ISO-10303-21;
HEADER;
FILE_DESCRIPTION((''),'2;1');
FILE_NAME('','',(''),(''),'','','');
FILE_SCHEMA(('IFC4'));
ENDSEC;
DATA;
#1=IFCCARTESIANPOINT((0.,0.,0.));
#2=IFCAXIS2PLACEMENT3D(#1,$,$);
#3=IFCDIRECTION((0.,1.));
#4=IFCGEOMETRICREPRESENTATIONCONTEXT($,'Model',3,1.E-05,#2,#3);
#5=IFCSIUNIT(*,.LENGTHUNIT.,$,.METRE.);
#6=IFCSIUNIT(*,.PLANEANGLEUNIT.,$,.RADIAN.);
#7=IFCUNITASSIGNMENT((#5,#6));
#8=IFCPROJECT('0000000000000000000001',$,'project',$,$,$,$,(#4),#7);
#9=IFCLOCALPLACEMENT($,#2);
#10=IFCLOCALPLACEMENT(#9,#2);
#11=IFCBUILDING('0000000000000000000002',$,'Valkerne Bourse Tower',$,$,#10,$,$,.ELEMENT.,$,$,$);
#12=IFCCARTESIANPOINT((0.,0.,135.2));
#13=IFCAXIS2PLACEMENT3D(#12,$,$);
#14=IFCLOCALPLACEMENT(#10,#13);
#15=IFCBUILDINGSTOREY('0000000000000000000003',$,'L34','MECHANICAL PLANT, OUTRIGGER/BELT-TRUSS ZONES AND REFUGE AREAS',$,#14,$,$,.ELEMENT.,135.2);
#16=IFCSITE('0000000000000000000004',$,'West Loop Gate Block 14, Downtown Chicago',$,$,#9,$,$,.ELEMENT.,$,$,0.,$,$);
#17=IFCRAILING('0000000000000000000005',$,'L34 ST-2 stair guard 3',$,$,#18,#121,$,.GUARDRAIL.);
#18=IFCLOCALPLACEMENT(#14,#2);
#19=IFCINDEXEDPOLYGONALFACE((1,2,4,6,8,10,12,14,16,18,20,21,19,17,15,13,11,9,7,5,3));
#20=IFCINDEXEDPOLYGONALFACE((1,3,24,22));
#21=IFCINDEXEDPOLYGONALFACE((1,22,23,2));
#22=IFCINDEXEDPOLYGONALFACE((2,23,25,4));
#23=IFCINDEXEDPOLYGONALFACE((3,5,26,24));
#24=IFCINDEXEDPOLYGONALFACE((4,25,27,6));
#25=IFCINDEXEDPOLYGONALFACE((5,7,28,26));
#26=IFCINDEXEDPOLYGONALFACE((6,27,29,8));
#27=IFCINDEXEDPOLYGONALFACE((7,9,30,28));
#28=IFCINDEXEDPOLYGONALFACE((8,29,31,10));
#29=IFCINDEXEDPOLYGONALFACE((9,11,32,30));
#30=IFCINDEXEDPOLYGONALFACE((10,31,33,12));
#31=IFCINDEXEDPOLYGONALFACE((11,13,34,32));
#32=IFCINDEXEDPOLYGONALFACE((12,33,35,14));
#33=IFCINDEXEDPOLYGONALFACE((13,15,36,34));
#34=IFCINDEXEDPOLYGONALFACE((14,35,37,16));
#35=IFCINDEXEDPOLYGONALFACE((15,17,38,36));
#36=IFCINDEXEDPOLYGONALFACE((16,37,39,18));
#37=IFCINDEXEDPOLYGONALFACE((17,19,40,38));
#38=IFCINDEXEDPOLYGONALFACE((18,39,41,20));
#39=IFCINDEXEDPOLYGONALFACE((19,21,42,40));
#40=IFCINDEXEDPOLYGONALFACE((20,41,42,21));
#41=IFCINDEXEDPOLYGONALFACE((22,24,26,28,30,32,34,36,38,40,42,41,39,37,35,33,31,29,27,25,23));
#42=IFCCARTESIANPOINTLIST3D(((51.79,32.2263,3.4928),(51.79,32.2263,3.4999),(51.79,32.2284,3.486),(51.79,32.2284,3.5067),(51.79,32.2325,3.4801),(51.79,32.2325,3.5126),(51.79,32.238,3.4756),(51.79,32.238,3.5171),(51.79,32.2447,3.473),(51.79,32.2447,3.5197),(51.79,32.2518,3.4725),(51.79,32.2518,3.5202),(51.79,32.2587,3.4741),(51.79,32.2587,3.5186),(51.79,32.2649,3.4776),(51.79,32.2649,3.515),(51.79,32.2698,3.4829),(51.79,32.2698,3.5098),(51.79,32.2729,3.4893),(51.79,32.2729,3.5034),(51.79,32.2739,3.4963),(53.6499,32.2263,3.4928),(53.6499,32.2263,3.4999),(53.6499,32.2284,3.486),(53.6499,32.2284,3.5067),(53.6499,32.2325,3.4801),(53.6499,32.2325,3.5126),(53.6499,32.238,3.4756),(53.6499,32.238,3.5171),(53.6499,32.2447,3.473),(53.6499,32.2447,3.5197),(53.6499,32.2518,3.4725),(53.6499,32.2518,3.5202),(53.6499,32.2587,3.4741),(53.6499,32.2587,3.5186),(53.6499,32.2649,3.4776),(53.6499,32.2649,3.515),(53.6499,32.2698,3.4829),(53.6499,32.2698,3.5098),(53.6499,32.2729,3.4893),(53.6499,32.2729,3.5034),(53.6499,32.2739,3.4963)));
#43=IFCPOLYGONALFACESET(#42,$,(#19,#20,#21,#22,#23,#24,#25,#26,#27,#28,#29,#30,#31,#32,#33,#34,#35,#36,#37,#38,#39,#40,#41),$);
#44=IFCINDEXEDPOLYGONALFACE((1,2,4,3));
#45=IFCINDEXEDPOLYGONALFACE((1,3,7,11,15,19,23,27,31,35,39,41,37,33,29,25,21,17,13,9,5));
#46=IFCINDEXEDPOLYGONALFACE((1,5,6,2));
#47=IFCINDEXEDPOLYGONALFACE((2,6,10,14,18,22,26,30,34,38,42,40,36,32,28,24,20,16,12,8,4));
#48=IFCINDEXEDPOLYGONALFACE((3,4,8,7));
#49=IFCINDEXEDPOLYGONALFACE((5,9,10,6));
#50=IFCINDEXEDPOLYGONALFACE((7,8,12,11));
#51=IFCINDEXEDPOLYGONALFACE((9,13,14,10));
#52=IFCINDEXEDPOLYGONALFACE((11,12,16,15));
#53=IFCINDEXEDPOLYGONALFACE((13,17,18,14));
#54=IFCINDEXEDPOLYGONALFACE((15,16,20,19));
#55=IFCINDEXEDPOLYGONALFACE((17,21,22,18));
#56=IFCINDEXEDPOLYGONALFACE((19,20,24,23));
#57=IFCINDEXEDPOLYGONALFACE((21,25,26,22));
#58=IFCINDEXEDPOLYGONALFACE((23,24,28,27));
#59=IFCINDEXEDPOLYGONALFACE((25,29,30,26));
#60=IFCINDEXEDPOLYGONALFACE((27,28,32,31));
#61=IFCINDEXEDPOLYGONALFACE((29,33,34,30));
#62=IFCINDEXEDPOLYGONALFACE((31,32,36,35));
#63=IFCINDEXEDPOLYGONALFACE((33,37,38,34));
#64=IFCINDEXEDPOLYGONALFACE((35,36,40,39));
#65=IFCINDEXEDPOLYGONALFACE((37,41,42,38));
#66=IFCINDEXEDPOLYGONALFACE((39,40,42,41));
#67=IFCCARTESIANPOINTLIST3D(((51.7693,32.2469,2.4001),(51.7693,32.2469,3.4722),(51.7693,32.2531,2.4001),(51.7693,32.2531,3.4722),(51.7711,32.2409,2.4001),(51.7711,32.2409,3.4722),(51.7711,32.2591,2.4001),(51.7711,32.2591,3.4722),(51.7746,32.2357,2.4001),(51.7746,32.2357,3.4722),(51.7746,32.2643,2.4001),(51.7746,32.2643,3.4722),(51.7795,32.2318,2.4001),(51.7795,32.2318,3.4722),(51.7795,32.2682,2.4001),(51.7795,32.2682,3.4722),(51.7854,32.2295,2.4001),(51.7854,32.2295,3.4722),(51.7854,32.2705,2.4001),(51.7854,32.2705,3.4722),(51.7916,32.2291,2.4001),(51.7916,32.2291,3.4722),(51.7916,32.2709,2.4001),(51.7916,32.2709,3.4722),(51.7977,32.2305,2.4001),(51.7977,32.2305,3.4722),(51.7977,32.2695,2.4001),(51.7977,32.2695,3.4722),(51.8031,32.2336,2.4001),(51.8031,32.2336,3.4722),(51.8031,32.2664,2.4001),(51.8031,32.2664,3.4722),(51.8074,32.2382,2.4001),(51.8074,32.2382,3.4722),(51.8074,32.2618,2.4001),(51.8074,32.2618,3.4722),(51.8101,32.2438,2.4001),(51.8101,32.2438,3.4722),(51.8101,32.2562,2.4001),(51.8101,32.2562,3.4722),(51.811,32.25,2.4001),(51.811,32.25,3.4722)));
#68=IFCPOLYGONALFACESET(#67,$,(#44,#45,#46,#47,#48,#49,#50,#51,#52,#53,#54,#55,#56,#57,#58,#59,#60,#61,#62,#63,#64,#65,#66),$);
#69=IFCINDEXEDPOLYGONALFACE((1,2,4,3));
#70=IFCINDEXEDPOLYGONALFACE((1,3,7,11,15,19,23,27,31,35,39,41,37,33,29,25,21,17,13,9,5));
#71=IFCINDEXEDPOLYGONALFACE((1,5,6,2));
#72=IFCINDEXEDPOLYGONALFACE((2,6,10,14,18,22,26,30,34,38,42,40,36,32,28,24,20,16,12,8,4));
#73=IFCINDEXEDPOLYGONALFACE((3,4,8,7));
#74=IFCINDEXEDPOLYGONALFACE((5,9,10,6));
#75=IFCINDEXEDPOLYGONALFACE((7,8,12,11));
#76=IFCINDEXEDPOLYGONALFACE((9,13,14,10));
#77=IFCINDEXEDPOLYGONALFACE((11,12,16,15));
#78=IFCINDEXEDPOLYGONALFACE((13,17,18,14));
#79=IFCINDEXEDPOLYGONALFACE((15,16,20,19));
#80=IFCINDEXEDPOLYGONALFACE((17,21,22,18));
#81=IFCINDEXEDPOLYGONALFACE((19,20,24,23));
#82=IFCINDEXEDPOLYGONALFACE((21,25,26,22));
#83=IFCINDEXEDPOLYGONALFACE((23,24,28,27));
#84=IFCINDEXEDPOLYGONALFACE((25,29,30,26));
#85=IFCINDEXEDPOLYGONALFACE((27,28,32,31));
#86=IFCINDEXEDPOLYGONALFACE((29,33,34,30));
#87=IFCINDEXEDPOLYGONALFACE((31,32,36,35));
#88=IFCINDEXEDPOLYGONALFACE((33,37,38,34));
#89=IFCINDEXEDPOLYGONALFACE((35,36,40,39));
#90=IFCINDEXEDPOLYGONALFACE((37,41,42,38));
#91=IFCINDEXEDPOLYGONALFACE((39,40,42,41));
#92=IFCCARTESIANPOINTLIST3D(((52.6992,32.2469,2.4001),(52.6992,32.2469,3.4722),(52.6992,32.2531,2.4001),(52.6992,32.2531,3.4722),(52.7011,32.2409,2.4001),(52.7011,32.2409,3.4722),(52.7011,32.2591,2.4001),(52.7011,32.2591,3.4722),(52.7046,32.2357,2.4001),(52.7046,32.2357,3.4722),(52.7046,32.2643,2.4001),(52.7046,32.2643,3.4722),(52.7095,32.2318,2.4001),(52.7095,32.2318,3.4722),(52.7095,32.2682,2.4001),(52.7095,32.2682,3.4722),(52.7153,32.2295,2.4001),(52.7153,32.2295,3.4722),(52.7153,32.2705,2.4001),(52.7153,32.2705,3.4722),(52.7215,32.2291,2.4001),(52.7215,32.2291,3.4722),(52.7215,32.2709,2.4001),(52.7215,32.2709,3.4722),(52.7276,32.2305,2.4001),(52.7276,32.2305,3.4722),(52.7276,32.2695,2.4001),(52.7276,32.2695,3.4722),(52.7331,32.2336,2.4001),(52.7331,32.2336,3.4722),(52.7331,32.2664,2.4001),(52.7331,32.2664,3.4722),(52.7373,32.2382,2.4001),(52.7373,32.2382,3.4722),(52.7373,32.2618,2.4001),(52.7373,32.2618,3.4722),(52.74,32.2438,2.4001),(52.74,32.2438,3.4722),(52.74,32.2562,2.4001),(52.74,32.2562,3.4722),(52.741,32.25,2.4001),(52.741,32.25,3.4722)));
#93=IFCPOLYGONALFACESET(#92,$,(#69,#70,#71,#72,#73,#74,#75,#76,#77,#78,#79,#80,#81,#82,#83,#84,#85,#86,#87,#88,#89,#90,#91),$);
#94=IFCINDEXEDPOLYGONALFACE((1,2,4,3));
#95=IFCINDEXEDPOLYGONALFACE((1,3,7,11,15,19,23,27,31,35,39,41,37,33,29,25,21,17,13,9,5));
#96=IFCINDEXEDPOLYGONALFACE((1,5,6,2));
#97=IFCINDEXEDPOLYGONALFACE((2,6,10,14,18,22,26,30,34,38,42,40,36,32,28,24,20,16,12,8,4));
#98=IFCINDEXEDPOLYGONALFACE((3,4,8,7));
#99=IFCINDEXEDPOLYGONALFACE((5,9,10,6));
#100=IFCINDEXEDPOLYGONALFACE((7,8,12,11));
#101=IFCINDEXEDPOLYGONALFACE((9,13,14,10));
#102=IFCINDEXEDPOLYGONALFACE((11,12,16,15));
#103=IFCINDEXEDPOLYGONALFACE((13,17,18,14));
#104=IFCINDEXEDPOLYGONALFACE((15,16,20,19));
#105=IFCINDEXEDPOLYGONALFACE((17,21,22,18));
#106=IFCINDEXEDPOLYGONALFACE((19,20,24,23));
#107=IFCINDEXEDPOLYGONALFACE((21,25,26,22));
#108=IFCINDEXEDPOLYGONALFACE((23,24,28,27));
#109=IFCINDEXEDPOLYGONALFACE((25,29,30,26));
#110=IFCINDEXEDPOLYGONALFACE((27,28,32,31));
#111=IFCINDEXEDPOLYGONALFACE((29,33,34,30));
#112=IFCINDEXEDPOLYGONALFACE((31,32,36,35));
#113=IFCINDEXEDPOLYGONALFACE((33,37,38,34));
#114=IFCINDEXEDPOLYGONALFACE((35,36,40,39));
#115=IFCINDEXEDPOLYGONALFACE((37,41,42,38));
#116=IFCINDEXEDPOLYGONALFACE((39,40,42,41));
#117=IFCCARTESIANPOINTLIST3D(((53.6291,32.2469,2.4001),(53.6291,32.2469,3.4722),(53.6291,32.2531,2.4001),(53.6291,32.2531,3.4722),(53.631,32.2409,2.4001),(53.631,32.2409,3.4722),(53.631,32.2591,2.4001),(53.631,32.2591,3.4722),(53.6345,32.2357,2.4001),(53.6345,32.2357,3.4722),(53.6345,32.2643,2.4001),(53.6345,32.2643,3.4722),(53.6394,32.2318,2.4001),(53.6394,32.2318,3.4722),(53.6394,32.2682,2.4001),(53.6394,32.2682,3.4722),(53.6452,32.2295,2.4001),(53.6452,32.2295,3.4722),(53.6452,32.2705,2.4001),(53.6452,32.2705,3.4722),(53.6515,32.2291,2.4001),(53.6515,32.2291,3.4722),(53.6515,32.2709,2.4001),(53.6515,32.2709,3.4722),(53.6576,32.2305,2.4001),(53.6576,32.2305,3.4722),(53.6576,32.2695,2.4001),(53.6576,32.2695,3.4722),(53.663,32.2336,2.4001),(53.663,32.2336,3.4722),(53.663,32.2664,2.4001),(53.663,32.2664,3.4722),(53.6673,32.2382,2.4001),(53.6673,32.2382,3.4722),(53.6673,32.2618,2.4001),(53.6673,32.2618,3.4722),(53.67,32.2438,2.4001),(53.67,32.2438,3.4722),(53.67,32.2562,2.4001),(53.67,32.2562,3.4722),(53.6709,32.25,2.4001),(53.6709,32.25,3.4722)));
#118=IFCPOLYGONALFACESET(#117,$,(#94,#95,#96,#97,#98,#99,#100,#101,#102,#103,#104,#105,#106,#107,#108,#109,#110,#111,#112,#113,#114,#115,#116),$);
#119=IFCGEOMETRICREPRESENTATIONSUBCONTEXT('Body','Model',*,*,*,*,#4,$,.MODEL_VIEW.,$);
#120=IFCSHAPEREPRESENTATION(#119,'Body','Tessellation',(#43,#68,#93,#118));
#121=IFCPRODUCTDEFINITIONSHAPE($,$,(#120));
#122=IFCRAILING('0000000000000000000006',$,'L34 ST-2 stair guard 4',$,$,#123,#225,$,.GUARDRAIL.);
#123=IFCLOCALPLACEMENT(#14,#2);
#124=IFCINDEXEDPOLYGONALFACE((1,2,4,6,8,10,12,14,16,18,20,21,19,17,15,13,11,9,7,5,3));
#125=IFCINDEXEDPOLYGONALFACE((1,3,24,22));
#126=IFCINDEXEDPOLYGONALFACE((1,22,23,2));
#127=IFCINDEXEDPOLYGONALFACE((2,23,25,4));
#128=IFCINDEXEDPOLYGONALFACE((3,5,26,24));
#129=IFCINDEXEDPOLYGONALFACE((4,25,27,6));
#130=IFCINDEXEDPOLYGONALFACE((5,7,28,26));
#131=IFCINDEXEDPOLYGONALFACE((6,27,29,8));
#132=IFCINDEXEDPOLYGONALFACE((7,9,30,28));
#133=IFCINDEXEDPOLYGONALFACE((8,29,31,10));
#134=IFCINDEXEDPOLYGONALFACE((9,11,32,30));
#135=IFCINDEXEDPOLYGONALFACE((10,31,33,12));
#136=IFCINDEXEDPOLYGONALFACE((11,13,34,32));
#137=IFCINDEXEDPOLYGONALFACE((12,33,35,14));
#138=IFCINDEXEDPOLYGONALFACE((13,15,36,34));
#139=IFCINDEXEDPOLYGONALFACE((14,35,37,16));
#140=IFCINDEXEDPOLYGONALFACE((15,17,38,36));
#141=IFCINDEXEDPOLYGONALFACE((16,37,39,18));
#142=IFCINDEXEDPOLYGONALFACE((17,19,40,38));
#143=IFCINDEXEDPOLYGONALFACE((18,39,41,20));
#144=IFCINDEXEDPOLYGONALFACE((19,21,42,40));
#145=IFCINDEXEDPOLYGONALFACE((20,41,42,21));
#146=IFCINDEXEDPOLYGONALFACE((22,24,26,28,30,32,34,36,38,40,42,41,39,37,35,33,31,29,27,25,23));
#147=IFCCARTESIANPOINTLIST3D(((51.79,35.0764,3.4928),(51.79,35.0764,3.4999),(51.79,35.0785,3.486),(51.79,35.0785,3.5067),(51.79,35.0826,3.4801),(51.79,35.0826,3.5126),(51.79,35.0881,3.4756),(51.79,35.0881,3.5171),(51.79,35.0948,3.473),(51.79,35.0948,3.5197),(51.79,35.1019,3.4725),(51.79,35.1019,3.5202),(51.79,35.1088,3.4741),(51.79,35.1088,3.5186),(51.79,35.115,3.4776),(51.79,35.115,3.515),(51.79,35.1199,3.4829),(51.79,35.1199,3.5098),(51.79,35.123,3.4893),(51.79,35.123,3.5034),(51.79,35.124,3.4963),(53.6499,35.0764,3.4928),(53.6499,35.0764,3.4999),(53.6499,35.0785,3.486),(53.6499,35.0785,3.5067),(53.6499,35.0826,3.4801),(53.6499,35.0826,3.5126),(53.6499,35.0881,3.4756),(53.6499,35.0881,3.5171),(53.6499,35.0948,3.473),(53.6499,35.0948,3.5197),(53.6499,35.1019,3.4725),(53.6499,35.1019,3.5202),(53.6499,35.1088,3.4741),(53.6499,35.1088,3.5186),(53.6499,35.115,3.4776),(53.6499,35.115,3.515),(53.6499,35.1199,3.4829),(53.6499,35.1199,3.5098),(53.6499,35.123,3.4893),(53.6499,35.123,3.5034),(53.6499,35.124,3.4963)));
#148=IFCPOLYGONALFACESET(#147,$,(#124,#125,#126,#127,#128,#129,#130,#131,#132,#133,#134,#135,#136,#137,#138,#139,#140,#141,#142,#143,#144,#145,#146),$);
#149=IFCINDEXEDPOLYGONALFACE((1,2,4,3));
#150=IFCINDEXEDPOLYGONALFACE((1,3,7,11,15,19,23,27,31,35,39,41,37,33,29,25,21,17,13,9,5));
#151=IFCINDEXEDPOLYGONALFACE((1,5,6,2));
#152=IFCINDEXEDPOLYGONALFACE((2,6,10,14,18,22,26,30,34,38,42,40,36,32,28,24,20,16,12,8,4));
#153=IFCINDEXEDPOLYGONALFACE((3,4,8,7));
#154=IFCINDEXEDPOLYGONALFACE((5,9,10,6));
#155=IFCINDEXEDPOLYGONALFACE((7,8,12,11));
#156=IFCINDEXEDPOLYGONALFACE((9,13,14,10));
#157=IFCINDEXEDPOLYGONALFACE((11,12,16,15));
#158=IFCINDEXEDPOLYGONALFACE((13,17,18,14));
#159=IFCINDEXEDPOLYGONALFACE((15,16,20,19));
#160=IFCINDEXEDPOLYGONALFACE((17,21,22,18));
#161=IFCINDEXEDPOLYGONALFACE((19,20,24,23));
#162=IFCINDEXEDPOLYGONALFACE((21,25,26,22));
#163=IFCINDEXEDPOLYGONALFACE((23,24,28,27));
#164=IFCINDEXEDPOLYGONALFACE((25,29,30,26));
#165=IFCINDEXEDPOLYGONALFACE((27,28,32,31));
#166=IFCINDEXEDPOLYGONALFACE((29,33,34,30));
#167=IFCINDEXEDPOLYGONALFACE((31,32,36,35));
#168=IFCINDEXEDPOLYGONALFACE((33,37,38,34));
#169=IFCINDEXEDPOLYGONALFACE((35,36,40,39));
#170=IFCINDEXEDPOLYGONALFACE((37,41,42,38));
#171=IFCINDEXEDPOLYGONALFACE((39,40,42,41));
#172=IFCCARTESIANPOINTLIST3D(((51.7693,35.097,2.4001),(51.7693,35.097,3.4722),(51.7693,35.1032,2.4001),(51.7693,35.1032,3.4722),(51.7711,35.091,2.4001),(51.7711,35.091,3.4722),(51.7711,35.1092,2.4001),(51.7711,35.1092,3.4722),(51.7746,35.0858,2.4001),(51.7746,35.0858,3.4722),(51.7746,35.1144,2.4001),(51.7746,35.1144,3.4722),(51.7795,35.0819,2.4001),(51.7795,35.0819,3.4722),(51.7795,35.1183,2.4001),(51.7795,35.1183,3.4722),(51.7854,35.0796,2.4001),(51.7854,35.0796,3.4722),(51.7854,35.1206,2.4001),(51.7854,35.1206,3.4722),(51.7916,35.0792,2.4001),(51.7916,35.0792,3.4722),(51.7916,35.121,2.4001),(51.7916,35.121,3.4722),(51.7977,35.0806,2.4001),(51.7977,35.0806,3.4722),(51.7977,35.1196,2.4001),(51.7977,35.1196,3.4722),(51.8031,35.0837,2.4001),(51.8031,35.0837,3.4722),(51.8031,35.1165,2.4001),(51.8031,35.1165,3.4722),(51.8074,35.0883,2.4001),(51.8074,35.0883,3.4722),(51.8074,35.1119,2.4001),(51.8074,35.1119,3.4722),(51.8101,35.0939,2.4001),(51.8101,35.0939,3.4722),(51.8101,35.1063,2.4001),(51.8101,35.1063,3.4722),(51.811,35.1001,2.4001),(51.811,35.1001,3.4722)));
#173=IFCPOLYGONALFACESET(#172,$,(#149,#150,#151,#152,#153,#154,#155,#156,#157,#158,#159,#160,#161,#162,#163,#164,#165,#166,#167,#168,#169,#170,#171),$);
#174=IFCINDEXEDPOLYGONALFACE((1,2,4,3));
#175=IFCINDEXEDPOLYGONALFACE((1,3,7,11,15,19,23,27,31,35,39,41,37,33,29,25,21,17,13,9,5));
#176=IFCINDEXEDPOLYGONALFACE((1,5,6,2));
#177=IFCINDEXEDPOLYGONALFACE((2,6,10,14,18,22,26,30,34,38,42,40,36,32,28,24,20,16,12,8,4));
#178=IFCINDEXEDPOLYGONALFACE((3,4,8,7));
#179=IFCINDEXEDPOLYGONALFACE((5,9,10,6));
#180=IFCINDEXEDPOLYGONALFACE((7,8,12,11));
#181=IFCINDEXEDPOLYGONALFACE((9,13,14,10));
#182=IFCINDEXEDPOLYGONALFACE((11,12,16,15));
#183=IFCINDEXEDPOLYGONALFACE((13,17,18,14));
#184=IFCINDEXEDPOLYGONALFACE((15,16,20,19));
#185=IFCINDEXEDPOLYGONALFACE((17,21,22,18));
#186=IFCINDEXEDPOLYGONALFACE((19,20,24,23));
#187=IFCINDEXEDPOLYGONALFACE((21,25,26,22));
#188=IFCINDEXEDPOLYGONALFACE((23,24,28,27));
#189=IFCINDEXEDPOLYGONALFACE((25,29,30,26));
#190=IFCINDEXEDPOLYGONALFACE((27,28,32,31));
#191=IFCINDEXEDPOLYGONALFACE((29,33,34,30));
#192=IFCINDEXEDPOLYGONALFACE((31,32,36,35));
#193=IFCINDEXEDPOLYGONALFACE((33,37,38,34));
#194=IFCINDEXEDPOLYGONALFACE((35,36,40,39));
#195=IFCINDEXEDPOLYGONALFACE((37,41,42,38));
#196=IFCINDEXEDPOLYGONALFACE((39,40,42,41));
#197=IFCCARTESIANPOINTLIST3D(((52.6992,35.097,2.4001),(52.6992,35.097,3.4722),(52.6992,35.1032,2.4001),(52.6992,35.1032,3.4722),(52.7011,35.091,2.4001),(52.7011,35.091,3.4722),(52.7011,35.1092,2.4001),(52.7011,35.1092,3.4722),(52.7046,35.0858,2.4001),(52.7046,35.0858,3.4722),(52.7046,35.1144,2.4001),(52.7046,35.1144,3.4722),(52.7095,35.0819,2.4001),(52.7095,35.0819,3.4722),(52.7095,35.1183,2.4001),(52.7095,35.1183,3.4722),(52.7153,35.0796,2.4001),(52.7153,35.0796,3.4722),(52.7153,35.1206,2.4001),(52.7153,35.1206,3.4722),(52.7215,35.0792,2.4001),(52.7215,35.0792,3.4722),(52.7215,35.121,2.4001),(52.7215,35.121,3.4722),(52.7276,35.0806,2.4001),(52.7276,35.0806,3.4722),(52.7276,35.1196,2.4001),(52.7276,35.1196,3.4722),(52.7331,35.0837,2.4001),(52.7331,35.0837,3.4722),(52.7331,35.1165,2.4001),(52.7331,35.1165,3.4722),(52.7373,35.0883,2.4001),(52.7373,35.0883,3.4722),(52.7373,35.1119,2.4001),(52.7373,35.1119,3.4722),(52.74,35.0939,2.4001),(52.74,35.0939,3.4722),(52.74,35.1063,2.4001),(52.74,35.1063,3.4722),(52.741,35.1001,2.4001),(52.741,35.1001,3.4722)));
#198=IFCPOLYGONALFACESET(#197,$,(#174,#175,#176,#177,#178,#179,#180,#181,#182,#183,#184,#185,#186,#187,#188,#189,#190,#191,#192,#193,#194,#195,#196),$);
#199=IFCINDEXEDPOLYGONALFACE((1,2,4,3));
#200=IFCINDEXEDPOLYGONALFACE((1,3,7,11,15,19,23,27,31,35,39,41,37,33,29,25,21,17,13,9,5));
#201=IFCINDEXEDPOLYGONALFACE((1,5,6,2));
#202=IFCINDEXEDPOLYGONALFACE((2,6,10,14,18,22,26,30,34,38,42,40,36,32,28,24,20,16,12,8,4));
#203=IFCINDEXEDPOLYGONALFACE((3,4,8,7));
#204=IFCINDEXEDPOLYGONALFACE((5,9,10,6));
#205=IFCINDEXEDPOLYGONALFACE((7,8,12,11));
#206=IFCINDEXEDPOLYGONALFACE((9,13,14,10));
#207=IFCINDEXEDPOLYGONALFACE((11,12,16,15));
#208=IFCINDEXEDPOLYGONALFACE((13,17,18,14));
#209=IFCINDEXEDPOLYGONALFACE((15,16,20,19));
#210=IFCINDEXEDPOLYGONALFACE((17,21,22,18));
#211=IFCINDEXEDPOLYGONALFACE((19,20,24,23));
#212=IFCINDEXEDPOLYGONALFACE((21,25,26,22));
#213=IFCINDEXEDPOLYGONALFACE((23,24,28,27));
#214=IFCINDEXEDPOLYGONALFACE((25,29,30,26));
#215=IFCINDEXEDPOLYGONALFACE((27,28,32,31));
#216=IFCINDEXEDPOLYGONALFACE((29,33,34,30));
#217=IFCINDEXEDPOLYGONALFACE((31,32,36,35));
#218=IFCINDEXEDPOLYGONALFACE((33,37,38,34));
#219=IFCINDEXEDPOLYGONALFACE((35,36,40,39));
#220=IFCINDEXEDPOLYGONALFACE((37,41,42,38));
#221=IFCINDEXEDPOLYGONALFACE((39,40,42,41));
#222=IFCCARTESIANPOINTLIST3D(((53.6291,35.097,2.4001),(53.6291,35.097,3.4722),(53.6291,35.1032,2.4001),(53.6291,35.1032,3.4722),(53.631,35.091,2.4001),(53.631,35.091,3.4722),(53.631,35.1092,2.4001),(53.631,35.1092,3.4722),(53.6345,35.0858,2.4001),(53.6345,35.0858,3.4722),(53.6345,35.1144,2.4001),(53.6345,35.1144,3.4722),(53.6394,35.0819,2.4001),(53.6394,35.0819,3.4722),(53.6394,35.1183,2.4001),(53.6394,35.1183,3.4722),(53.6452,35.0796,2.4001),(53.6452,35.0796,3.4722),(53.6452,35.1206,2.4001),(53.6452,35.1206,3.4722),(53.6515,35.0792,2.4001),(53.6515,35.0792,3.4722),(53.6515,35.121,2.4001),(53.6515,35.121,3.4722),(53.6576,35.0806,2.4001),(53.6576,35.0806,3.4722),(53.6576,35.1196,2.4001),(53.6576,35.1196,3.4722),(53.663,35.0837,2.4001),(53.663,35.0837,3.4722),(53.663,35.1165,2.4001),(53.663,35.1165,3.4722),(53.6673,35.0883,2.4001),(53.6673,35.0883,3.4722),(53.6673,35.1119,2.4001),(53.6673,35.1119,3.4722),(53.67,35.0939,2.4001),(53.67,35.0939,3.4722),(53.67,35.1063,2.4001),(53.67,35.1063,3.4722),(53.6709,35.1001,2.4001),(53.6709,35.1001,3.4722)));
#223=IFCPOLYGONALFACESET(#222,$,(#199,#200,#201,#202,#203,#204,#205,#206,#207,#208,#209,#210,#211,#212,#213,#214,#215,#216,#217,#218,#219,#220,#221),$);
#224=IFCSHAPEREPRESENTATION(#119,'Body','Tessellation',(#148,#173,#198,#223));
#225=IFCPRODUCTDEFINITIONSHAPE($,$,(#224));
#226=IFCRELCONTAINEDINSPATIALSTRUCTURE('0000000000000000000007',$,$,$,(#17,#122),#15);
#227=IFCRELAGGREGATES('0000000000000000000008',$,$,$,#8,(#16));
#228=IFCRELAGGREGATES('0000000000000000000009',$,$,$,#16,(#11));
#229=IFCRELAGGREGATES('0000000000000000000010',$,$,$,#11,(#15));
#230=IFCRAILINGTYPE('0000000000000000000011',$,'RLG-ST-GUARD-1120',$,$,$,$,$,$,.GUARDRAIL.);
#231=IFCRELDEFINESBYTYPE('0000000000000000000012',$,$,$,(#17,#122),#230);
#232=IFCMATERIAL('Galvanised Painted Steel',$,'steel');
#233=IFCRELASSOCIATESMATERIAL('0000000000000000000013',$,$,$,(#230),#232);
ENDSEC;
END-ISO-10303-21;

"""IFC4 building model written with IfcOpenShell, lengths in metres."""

from ifc_helpers import new_model, si_unit, direction, frame, origin, origin_2d, place, context, subcontext, project, spatial, circle, extrude, material, type_object, element, save


model = new_model("IFC4")

# Units and contexts
model_context = context("Model", 3, precision=1e-05, world=origin(), true_north=direction((0.0, 1.0)))
body_context = subcontext(model_context, "Body", "Model", "MODEL_VIEW")
ifc_project = project(units=[si_unit("LENGTHUNIT", "METRE"), si_unit("PLANEANGLEUNIT", "RADIAN")], contexts=[model_context])

# Site, building, storey
site_placement = place(None, origin())
site = spatial("IfcSite", under=ifc_project, at=site_placement, Name="West Loop Gate Block 14, Downtown Chicago", CompositionType="ELEMENT", RefElevation=0.0)
building_placement = place(site_placement, origin())
building = spatial("IfcBuilding", under=site, at=building_placement, Name="Valkerne Bourse Tower", CompositionType="ELEMENT")
storey_placement = place(building_placement, frame((0.0, 0.0, 135.2)))
storey = spatial("IfcBuildingStorey", under=building, at=storey_placement, Name="L34", Description="MECHANICAL PLANT, OUTRIGGER/BELT-TRUSS ZONES AND REFUGE AREAS", CompositionType="ELEMENT", Elevation=135.2)

# Railings
ifc_material_1 = material(Name="Galvanised Painted Steel", Category="steel")
railing_type_1 = type_object("IfcRailingType", Name="RLG-ST-GUARD-1120", PredefinedType="GUARDRAIL", material=ifc_material_1)
for number, where, name in (
    (1, (51.79, 32.25, 2.4001), "L34 ST-2 stair guard 3"),
    (2, (51.79, 35.1001, 2.4001), "L34 ST-2 stair guard 4"),
):
    element("IfcRailing", number, at=place(storey_placement, frame(where)), inside=storey, type_object=railing_type_1, Name=name, PredefinedType="GUARDRAIL", context=body_context, shape_type="SweptSolid", body=[
        extrude(circle(Radius=0.0239, at=origin_2d()), frame((0.0, 0.0, 1.0962), z_axis=(1.0, 0.0, 0.0), x_axis=(0.0, 1.0, 0.0)), (0.0, 0.0, 1.0), 1.8599),
        extrude(circle(Radius=0.021, at=origin_2d()), origin(), (0.0, 0.0, 1.0), 1.072),
        extrude(circle(Radius=0.021, at=origin_2d()), frame((0.9299, 0.0, 0.0)), (0.0, 0.0, 1.0), 1.072),
        extrude(circle(Radius=0.021, at=origin_2d()), frame((1.8599, 0.0, 0.0)), (0.0, 0.0, 1.0), 1.072),
    ])

save(model, "model.ifc")
